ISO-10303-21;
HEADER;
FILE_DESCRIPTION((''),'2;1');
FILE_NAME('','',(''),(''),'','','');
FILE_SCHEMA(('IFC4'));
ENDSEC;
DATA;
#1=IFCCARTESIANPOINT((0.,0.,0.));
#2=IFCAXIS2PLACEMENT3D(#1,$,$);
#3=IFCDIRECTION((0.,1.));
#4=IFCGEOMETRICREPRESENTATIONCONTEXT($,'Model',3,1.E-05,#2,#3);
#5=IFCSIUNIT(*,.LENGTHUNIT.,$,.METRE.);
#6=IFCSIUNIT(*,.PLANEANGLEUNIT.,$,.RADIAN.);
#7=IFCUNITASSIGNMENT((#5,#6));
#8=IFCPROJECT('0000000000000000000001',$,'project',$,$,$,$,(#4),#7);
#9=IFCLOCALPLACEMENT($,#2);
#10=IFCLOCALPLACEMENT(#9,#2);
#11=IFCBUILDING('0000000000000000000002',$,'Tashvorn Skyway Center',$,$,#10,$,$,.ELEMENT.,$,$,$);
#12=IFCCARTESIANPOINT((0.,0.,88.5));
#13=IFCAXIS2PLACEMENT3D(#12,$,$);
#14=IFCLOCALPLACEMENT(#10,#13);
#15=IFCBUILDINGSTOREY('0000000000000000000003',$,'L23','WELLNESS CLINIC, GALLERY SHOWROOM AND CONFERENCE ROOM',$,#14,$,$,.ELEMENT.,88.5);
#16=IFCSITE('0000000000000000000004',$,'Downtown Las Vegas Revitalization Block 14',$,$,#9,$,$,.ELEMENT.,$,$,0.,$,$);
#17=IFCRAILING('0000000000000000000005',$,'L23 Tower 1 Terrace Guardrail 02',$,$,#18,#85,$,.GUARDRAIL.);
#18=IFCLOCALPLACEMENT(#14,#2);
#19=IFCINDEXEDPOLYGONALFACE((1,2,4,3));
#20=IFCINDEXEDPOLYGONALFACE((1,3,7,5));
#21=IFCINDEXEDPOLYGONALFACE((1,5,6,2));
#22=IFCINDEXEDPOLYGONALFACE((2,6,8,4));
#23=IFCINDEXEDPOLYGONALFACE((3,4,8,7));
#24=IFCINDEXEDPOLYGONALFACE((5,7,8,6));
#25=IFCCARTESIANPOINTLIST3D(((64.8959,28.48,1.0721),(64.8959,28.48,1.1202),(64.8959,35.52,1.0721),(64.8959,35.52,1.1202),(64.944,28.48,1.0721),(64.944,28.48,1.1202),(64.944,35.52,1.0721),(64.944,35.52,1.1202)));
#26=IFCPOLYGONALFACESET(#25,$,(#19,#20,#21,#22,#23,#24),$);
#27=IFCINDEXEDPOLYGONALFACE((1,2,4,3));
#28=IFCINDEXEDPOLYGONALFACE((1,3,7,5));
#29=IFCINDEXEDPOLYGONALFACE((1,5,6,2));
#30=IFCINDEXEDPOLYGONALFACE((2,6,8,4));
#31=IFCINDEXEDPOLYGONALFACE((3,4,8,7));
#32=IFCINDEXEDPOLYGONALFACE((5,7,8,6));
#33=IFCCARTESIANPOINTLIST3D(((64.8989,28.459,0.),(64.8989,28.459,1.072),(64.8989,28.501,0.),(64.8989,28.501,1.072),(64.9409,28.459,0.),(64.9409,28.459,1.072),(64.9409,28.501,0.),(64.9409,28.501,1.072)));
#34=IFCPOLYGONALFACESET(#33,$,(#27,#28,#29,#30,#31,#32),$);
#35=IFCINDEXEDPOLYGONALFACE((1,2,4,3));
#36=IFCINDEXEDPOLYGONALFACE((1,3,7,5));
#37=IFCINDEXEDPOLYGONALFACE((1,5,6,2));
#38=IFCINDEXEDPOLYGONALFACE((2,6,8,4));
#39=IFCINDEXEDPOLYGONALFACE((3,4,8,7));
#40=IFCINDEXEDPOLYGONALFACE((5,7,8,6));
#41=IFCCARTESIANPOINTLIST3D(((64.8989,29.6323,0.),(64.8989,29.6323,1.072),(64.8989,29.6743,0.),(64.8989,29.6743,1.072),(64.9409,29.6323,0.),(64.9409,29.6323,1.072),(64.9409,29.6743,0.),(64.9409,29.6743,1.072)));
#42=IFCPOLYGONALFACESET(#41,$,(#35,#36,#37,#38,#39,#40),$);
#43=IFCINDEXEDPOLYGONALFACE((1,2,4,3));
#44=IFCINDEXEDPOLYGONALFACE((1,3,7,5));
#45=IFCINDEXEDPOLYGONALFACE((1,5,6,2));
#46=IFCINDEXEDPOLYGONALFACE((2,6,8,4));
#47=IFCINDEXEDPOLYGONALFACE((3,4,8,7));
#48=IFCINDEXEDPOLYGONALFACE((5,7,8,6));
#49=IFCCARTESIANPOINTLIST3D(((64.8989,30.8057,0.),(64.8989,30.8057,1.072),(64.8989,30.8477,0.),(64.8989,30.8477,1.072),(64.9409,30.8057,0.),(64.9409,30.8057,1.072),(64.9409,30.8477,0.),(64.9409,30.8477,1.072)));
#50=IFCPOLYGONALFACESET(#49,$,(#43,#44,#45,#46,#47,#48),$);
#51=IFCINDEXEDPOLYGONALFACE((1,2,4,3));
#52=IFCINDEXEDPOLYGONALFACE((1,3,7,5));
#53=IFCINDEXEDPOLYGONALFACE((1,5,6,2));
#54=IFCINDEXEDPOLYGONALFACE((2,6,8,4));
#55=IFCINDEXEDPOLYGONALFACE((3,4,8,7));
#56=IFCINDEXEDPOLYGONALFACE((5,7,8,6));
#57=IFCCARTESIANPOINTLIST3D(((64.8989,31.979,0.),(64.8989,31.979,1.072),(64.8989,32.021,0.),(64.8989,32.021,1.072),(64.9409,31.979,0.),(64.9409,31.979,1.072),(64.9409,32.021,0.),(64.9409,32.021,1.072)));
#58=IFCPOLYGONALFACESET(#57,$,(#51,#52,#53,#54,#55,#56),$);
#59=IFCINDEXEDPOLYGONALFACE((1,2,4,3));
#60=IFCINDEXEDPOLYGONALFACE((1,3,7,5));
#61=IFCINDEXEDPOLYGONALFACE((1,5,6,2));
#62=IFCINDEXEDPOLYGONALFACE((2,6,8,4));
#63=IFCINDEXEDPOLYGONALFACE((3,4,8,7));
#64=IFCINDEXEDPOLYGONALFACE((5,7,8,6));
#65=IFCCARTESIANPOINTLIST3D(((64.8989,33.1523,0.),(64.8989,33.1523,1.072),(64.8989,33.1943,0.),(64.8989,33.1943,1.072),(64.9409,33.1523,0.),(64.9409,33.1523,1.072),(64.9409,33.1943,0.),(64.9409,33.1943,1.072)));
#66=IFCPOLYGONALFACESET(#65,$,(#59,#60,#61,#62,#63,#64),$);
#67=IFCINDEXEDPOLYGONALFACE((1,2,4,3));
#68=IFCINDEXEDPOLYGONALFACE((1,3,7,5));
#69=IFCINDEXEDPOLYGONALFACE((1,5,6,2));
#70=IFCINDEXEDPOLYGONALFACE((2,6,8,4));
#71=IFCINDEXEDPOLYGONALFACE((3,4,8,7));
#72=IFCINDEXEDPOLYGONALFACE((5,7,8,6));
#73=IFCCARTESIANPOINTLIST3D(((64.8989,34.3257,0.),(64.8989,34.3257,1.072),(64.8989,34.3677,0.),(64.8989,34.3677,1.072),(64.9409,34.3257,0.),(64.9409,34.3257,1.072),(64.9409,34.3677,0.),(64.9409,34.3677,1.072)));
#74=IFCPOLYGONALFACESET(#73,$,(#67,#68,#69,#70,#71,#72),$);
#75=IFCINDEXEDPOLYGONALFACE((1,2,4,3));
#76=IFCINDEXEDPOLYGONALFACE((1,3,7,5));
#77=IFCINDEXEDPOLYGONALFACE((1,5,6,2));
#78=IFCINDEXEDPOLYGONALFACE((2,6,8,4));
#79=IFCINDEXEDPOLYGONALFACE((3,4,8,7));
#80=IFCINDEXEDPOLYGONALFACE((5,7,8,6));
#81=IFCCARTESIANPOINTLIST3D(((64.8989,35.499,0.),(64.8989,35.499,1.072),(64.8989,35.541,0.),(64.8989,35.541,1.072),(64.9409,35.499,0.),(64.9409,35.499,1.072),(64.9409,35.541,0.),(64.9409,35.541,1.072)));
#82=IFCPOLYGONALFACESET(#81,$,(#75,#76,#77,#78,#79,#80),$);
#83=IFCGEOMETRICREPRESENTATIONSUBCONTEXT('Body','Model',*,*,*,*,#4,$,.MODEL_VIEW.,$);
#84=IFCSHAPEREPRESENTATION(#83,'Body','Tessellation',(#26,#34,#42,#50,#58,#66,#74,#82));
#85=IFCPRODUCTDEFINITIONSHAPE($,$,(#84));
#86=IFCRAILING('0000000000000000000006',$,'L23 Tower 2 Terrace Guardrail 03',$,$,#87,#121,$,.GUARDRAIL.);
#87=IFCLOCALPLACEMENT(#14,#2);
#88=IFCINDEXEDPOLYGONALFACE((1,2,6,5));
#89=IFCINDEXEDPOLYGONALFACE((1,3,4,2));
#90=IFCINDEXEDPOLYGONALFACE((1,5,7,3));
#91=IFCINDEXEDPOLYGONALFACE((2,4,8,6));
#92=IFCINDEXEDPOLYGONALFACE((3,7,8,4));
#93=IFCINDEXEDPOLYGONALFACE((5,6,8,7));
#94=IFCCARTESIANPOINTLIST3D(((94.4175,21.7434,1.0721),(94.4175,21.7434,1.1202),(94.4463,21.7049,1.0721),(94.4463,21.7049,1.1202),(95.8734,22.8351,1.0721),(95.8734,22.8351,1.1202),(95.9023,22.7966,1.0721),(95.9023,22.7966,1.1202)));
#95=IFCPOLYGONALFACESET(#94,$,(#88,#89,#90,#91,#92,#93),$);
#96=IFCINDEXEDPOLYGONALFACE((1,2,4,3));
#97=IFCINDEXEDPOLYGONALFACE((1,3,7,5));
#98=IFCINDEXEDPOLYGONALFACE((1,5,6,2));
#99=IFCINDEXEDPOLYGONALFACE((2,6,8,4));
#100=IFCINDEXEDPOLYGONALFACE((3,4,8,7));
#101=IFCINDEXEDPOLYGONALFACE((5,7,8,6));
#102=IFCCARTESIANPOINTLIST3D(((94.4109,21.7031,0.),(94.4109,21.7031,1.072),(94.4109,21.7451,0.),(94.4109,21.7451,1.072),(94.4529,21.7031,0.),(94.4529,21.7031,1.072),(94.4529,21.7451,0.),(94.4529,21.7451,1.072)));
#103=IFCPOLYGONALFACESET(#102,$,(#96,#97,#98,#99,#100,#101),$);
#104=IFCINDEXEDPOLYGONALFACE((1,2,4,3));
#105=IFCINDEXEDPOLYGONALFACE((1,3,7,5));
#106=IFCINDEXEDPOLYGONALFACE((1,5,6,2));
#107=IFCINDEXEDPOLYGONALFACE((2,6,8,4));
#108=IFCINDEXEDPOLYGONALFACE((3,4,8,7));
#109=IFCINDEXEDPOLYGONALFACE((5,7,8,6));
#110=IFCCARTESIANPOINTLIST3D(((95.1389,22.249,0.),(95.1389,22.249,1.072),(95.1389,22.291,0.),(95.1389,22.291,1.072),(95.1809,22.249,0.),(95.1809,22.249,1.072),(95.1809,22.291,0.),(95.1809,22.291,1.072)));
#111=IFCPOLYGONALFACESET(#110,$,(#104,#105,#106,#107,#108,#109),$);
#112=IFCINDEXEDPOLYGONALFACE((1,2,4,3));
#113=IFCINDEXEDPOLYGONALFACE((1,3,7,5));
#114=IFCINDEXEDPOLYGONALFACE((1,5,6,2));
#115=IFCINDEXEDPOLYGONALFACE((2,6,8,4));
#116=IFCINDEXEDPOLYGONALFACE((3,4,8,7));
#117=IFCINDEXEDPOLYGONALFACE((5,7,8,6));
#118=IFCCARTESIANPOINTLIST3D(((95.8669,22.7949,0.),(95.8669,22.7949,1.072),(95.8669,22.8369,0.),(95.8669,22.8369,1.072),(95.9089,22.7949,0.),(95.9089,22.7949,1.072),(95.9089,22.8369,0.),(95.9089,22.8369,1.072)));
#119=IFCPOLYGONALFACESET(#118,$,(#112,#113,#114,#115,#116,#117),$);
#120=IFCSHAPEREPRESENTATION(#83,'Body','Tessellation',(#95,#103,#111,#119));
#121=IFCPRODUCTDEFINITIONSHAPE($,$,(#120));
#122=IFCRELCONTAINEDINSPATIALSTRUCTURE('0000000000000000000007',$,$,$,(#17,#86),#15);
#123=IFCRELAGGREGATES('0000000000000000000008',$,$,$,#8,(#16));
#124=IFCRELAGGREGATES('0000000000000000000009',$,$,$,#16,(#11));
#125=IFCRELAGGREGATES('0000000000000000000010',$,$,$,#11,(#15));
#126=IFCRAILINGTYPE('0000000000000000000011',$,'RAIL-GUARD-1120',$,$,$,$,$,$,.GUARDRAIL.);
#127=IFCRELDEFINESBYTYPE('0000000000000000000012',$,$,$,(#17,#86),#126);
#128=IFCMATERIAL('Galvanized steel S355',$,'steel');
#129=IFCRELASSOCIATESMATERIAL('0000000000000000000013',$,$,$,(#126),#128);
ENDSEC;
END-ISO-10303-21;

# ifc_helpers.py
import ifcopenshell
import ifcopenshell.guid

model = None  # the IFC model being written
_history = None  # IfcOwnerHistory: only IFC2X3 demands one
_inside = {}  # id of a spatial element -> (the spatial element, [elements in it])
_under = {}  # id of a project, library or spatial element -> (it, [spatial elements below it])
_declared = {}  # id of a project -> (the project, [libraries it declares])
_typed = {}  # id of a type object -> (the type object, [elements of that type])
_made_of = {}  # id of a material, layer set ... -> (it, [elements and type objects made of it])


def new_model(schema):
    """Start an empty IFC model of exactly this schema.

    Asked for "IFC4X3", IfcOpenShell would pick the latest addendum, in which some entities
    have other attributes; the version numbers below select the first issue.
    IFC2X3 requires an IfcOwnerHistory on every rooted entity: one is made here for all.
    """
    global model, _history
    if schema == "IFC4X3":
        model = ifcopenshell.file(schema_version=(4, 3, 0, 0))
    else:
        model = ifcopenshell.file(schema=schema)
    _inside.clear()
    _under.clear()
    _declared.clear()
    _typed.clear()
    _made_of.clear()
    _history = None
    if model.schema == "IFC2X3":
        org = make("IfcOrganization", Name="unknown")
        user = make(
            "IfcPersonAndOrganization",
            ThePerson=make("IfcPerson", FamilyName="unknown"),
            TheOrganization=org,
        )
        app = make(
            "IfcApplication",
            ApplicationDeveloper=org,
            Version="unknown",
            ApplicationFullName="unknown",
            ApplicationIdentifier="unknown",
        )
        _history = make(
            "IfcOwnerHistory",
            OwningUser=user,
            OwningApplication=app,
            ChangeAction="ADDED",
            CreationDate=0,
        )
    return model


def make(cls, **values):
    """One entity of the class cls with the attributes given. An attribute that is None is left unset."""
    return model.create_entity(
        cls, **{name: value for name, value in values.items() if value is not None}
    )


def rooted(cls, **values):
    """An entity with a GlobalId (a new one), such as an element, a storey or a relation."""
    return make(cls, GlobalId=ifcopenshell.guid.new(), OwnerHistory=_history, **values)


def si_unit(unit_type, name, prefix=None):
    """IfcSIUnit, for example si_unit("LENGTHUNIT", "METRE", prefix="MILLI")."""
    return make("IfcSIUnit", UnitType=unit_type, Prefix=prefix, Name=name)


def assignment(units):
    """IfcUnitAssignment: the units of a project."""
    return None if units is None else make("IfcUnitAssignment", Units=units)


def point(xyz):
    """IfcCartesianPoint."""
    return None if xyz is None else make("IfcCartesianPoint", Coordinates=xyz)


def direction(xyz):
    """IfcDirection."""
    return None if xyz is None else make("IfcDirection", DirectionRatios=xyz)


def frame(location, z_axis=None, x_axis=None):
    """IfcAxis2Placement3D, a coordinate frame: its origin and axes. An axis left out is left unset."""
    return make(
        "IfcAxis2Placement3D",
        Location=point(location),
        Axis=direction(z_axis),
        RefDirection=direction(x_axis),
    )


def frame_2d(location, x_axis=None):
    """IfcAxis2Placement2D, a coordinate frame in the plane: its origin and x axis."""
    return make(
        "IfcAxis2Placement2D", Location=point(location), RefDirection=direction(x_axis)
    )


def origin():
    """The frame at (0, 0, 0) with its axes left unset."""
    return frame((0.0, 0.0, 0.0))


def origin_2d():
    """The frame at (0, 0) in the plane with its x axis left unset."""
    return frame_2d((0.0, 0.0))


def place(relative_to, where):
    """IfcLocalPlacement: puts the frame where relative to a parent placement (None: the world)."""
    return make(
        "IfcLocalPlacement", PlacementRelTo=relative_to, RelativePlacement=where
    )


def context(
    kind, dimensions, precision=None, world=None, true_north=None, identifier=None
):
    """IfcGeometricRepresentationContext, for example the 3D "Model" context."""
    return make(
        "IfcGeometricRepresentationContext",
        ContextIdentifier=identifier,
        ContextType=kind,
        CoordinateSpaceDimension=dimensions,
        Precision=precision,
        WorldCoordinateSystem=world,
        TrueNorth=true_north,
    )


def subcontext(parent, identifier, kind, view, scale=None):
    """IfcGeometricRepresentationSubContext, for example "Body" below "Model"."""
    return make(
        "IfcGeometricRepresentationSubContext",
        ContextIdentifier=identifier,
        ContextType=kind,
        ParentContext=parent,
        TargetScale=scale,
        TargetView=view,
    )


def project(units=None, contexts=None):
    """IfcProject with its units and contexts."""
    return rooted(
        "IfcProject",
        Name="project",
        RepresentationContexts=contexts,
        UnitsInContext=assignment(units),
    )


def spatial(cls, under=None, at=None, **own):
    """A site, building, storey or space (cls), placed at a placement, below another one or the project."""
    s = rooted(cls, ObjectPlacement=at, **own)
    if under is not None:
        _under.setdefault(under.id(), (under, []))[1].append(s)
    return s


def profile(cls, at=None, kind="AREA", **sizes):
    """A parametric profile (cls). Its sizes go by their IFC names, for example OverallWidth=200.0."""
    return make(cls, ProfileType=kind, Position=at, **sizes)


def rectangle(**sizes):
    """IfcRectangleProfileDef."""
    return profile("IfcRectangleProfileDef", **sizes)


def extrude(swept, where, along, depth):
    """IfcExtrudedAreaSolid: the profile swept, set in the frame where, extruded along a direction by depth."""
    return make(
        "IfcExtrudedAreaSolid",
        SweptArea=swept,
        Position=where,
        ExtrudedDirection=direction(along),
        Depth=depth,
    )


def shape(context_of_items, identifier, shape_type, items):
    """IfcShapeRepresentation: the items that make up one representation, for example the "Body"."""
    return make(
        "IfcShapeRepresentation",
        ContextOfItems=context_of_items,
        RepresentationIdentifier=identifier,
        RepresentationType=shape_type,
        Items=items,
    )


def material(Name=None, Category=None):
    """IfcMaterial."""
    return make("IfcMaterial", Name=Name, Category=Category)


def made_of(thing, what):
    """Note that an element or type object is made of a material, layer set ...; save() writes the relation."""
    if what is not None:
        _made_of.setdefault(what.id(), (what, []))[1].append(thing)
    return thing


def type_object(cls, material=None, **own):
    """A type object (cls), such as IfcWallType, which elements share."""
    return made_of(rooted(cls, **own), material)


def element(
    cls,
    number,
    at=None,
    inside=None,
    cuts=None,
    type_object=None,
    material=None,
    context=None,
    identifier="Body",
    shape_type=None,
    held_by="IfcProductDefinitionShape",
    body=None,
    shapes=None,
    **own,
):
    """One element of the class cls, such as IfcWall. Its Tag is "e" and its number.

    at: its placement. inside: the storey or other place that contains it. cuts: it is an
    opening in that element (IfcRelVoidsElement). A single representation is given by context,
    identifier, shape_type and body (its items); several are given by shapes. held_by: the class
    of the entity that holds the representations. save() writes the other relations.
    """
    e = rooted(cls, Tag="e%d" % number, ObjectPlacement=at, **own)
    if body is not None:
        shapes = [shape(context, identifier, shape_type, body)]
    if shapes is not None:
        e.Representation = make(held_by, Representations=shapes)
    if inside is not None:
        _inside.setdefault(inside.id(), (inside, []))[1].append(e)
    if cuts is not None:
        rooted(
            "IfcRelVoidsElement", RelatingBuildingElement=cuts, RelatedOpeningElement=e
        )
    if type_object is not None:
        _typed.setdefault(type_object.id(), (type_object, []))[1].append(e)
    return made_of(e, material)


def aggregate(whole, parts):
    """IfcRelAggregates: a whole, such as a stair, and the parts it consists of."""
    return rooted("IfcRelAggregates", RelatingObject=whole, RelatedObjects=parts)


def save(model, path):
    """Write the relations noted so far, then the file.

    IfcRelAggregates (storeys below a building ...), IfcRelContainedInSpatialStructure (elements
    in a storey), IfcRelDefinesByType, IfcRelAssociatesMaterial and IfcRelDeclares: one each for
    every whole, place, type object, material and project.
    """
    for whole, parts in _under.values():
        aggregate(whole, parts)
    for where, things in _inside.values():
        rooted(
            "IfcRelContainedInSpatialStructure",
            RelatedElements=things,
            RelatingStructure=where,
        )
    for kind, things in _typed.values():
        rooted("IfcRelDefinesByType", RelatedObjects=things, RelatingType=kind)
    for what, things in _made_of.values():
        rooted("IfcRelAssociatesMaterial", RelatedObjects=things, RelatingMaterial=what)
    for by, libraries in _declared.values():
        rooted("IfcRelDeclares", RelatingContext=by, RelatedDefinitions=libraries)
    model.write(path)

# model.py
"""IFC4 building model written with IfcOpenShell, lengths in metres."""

from ifc_helpers import new_model, si_unit, direction, frame, origin, origin_2d, place, context, subcontext, project, spatial, rectangle, extrude, material, type_object, element, save


model = new_model("IFC4")

# Units and contexts
model_context = context("Model", 3, precision=1e-05, world=origin(), true_north=direction((0.0, 1.0)))
body_context = subcontext(model_context, "Body", "Model", "MODEL_VIEW")
ifc_project = project(units=[si_unit("LENGTHUNIT", "METRE"), si_unit("PLANEANGLEUNIT", "RADIAN")], contexts=[model_context])

# Site, building, storey
site_placement = place(None, origin())
site = spatial("IfcSite", under=ifc_project, at=site_placement, Name="Downtown Las Vegas Revitalization Block 14", CompositionType="ELEMENT", RefElevation=0.0)
building_placement = place(site_placement, origin())
building = spatial("IfcBuilding", under=site, at=building_placement, Name="Tashvorn Skyway Center", CompositionType="ELEMENT")
storey_placement = place(building_placement, frame((0.0, 0.0, 88.5)))
storey = spatial("IfcBuildingStorey", under=building, at=storey_placement, Name="L23", Description="WELLNESS CLINIC, GALLERY SHOWROOM AND CONFERENCE ROOM", CompositionType="ELEMENT", Elevation=88.5)

# Railings
ifc_material_1 = material(Name="Galvanized steel S355", Category="steel")
railing_type = type_object("IfcRailingType", Name="RAIL-GUARD-1120", PredefinedType="GUARDRAIL", material=ifc_material_1)
railing_1_placement = place(storey_placement, frame((64.9199, 28.48, 0.0)))
element("IfcRailing", 1, at=railing_1_placement, inside=storey, type_object=railing_type, Name="L23 Tower 1 Terrace Guardrail 02", PredefinedType="GUARDRAIL", context=body_context, shape_type="SweptSolid", body=[
    extrude(rectangle(XDim=0.0481, YDim=0.0481, at=origin_2d()), frame((0.0, 0.0, 1.0962), z_axis=(0.0, 1.0, 0.0), x_axis=(-1.0, 0.0, 0.0)), (0.0, 0.0, 1.0), 7.04),
    extrude(rectangle(XDim=0.042, YDim=0.042, at=origin_2d()), origin(), (0.0, 0.0, 1.0), 1.072),
    extrude(rectangle(XDim=0.042, YDim=0.042, at=origin_2d()), frame((0.0, 1.1733, 0.0)), (0.0, 0.0, 1.0), 1.072),
    extrude(rectangle(XDim=0.042, YDim=0.042, at=origin_2d()), frame((0.0, 2.3467, 0.0)), (0.0, 0.0, 1.0), 1.072),
    extrude(rectangle(XDim=0.042, YDim=0.042, at=origin_2d()), frame((0.0, 3.52, 0.0)), (0.0, 0.0, 1.0), 1.072),
    extrude(rectangle(XDim=0.042, YDim=0.042, at=origin_2d()), frame((0.0, 4.6934, 0.0)), (0.0, 0.0, 1.0), 1.072),
    extrude(rectangle(XDim=0.042, YDim=0.042, at=origin_2d()), frame((0.0, 5.8667, 0.0)), (0.0, 0.0, 1.0), 1.072),
    extrude(rectangle(XDim=0.042, YDim=0.042, at=origin_2d()), frame((0.0, 7.04, 0.0)), (0.0, 0.0, 1.0), 1.072),
])
railing_2_placement = place(storey_placement, frame((94.4319, 21.7241, 0.0)))
element("IfcRailing", 2, at=railing_2_placement, inside=storey, type_object=railing_type, Name="L23 Tower 2 Terrace Guardrail 03", PredefinedType="GUARDRAIL", context=body_context, shape_type="SweptSolid", body=[
    extrude(rectangle(XDim=0.0481, YDim=0.0481, at=origin_2d()), frame((0.0, 0.0, 1.0962), z_axis=(0.800064, 0.599914, 0.0), x_axis=(-0.599914, 0.800064, 0.0)), (0.0, 0.0, 1.0), 1.8198),
    extrude(rectangle(XDim=0.042, YDim=0.042, at=origin_2d()), origin(), (0.0, 0.0, 1.0), 1.072),
    extrude(rectangle(XDim=0.042, YDim=0.042, at=origin_2d()), frame((0.728, 0.5459, 0.0)), (0.0, 0.0, 1.0), 1.072),
    extrude(rectangle(XDim=0.042, YDim=0.042, at=origin_2d()), frame((1.4561, 1.0918, 0.0)), (0.0, 0.0, 1.0), 1.072),
])

save(model, "model.ifc")
